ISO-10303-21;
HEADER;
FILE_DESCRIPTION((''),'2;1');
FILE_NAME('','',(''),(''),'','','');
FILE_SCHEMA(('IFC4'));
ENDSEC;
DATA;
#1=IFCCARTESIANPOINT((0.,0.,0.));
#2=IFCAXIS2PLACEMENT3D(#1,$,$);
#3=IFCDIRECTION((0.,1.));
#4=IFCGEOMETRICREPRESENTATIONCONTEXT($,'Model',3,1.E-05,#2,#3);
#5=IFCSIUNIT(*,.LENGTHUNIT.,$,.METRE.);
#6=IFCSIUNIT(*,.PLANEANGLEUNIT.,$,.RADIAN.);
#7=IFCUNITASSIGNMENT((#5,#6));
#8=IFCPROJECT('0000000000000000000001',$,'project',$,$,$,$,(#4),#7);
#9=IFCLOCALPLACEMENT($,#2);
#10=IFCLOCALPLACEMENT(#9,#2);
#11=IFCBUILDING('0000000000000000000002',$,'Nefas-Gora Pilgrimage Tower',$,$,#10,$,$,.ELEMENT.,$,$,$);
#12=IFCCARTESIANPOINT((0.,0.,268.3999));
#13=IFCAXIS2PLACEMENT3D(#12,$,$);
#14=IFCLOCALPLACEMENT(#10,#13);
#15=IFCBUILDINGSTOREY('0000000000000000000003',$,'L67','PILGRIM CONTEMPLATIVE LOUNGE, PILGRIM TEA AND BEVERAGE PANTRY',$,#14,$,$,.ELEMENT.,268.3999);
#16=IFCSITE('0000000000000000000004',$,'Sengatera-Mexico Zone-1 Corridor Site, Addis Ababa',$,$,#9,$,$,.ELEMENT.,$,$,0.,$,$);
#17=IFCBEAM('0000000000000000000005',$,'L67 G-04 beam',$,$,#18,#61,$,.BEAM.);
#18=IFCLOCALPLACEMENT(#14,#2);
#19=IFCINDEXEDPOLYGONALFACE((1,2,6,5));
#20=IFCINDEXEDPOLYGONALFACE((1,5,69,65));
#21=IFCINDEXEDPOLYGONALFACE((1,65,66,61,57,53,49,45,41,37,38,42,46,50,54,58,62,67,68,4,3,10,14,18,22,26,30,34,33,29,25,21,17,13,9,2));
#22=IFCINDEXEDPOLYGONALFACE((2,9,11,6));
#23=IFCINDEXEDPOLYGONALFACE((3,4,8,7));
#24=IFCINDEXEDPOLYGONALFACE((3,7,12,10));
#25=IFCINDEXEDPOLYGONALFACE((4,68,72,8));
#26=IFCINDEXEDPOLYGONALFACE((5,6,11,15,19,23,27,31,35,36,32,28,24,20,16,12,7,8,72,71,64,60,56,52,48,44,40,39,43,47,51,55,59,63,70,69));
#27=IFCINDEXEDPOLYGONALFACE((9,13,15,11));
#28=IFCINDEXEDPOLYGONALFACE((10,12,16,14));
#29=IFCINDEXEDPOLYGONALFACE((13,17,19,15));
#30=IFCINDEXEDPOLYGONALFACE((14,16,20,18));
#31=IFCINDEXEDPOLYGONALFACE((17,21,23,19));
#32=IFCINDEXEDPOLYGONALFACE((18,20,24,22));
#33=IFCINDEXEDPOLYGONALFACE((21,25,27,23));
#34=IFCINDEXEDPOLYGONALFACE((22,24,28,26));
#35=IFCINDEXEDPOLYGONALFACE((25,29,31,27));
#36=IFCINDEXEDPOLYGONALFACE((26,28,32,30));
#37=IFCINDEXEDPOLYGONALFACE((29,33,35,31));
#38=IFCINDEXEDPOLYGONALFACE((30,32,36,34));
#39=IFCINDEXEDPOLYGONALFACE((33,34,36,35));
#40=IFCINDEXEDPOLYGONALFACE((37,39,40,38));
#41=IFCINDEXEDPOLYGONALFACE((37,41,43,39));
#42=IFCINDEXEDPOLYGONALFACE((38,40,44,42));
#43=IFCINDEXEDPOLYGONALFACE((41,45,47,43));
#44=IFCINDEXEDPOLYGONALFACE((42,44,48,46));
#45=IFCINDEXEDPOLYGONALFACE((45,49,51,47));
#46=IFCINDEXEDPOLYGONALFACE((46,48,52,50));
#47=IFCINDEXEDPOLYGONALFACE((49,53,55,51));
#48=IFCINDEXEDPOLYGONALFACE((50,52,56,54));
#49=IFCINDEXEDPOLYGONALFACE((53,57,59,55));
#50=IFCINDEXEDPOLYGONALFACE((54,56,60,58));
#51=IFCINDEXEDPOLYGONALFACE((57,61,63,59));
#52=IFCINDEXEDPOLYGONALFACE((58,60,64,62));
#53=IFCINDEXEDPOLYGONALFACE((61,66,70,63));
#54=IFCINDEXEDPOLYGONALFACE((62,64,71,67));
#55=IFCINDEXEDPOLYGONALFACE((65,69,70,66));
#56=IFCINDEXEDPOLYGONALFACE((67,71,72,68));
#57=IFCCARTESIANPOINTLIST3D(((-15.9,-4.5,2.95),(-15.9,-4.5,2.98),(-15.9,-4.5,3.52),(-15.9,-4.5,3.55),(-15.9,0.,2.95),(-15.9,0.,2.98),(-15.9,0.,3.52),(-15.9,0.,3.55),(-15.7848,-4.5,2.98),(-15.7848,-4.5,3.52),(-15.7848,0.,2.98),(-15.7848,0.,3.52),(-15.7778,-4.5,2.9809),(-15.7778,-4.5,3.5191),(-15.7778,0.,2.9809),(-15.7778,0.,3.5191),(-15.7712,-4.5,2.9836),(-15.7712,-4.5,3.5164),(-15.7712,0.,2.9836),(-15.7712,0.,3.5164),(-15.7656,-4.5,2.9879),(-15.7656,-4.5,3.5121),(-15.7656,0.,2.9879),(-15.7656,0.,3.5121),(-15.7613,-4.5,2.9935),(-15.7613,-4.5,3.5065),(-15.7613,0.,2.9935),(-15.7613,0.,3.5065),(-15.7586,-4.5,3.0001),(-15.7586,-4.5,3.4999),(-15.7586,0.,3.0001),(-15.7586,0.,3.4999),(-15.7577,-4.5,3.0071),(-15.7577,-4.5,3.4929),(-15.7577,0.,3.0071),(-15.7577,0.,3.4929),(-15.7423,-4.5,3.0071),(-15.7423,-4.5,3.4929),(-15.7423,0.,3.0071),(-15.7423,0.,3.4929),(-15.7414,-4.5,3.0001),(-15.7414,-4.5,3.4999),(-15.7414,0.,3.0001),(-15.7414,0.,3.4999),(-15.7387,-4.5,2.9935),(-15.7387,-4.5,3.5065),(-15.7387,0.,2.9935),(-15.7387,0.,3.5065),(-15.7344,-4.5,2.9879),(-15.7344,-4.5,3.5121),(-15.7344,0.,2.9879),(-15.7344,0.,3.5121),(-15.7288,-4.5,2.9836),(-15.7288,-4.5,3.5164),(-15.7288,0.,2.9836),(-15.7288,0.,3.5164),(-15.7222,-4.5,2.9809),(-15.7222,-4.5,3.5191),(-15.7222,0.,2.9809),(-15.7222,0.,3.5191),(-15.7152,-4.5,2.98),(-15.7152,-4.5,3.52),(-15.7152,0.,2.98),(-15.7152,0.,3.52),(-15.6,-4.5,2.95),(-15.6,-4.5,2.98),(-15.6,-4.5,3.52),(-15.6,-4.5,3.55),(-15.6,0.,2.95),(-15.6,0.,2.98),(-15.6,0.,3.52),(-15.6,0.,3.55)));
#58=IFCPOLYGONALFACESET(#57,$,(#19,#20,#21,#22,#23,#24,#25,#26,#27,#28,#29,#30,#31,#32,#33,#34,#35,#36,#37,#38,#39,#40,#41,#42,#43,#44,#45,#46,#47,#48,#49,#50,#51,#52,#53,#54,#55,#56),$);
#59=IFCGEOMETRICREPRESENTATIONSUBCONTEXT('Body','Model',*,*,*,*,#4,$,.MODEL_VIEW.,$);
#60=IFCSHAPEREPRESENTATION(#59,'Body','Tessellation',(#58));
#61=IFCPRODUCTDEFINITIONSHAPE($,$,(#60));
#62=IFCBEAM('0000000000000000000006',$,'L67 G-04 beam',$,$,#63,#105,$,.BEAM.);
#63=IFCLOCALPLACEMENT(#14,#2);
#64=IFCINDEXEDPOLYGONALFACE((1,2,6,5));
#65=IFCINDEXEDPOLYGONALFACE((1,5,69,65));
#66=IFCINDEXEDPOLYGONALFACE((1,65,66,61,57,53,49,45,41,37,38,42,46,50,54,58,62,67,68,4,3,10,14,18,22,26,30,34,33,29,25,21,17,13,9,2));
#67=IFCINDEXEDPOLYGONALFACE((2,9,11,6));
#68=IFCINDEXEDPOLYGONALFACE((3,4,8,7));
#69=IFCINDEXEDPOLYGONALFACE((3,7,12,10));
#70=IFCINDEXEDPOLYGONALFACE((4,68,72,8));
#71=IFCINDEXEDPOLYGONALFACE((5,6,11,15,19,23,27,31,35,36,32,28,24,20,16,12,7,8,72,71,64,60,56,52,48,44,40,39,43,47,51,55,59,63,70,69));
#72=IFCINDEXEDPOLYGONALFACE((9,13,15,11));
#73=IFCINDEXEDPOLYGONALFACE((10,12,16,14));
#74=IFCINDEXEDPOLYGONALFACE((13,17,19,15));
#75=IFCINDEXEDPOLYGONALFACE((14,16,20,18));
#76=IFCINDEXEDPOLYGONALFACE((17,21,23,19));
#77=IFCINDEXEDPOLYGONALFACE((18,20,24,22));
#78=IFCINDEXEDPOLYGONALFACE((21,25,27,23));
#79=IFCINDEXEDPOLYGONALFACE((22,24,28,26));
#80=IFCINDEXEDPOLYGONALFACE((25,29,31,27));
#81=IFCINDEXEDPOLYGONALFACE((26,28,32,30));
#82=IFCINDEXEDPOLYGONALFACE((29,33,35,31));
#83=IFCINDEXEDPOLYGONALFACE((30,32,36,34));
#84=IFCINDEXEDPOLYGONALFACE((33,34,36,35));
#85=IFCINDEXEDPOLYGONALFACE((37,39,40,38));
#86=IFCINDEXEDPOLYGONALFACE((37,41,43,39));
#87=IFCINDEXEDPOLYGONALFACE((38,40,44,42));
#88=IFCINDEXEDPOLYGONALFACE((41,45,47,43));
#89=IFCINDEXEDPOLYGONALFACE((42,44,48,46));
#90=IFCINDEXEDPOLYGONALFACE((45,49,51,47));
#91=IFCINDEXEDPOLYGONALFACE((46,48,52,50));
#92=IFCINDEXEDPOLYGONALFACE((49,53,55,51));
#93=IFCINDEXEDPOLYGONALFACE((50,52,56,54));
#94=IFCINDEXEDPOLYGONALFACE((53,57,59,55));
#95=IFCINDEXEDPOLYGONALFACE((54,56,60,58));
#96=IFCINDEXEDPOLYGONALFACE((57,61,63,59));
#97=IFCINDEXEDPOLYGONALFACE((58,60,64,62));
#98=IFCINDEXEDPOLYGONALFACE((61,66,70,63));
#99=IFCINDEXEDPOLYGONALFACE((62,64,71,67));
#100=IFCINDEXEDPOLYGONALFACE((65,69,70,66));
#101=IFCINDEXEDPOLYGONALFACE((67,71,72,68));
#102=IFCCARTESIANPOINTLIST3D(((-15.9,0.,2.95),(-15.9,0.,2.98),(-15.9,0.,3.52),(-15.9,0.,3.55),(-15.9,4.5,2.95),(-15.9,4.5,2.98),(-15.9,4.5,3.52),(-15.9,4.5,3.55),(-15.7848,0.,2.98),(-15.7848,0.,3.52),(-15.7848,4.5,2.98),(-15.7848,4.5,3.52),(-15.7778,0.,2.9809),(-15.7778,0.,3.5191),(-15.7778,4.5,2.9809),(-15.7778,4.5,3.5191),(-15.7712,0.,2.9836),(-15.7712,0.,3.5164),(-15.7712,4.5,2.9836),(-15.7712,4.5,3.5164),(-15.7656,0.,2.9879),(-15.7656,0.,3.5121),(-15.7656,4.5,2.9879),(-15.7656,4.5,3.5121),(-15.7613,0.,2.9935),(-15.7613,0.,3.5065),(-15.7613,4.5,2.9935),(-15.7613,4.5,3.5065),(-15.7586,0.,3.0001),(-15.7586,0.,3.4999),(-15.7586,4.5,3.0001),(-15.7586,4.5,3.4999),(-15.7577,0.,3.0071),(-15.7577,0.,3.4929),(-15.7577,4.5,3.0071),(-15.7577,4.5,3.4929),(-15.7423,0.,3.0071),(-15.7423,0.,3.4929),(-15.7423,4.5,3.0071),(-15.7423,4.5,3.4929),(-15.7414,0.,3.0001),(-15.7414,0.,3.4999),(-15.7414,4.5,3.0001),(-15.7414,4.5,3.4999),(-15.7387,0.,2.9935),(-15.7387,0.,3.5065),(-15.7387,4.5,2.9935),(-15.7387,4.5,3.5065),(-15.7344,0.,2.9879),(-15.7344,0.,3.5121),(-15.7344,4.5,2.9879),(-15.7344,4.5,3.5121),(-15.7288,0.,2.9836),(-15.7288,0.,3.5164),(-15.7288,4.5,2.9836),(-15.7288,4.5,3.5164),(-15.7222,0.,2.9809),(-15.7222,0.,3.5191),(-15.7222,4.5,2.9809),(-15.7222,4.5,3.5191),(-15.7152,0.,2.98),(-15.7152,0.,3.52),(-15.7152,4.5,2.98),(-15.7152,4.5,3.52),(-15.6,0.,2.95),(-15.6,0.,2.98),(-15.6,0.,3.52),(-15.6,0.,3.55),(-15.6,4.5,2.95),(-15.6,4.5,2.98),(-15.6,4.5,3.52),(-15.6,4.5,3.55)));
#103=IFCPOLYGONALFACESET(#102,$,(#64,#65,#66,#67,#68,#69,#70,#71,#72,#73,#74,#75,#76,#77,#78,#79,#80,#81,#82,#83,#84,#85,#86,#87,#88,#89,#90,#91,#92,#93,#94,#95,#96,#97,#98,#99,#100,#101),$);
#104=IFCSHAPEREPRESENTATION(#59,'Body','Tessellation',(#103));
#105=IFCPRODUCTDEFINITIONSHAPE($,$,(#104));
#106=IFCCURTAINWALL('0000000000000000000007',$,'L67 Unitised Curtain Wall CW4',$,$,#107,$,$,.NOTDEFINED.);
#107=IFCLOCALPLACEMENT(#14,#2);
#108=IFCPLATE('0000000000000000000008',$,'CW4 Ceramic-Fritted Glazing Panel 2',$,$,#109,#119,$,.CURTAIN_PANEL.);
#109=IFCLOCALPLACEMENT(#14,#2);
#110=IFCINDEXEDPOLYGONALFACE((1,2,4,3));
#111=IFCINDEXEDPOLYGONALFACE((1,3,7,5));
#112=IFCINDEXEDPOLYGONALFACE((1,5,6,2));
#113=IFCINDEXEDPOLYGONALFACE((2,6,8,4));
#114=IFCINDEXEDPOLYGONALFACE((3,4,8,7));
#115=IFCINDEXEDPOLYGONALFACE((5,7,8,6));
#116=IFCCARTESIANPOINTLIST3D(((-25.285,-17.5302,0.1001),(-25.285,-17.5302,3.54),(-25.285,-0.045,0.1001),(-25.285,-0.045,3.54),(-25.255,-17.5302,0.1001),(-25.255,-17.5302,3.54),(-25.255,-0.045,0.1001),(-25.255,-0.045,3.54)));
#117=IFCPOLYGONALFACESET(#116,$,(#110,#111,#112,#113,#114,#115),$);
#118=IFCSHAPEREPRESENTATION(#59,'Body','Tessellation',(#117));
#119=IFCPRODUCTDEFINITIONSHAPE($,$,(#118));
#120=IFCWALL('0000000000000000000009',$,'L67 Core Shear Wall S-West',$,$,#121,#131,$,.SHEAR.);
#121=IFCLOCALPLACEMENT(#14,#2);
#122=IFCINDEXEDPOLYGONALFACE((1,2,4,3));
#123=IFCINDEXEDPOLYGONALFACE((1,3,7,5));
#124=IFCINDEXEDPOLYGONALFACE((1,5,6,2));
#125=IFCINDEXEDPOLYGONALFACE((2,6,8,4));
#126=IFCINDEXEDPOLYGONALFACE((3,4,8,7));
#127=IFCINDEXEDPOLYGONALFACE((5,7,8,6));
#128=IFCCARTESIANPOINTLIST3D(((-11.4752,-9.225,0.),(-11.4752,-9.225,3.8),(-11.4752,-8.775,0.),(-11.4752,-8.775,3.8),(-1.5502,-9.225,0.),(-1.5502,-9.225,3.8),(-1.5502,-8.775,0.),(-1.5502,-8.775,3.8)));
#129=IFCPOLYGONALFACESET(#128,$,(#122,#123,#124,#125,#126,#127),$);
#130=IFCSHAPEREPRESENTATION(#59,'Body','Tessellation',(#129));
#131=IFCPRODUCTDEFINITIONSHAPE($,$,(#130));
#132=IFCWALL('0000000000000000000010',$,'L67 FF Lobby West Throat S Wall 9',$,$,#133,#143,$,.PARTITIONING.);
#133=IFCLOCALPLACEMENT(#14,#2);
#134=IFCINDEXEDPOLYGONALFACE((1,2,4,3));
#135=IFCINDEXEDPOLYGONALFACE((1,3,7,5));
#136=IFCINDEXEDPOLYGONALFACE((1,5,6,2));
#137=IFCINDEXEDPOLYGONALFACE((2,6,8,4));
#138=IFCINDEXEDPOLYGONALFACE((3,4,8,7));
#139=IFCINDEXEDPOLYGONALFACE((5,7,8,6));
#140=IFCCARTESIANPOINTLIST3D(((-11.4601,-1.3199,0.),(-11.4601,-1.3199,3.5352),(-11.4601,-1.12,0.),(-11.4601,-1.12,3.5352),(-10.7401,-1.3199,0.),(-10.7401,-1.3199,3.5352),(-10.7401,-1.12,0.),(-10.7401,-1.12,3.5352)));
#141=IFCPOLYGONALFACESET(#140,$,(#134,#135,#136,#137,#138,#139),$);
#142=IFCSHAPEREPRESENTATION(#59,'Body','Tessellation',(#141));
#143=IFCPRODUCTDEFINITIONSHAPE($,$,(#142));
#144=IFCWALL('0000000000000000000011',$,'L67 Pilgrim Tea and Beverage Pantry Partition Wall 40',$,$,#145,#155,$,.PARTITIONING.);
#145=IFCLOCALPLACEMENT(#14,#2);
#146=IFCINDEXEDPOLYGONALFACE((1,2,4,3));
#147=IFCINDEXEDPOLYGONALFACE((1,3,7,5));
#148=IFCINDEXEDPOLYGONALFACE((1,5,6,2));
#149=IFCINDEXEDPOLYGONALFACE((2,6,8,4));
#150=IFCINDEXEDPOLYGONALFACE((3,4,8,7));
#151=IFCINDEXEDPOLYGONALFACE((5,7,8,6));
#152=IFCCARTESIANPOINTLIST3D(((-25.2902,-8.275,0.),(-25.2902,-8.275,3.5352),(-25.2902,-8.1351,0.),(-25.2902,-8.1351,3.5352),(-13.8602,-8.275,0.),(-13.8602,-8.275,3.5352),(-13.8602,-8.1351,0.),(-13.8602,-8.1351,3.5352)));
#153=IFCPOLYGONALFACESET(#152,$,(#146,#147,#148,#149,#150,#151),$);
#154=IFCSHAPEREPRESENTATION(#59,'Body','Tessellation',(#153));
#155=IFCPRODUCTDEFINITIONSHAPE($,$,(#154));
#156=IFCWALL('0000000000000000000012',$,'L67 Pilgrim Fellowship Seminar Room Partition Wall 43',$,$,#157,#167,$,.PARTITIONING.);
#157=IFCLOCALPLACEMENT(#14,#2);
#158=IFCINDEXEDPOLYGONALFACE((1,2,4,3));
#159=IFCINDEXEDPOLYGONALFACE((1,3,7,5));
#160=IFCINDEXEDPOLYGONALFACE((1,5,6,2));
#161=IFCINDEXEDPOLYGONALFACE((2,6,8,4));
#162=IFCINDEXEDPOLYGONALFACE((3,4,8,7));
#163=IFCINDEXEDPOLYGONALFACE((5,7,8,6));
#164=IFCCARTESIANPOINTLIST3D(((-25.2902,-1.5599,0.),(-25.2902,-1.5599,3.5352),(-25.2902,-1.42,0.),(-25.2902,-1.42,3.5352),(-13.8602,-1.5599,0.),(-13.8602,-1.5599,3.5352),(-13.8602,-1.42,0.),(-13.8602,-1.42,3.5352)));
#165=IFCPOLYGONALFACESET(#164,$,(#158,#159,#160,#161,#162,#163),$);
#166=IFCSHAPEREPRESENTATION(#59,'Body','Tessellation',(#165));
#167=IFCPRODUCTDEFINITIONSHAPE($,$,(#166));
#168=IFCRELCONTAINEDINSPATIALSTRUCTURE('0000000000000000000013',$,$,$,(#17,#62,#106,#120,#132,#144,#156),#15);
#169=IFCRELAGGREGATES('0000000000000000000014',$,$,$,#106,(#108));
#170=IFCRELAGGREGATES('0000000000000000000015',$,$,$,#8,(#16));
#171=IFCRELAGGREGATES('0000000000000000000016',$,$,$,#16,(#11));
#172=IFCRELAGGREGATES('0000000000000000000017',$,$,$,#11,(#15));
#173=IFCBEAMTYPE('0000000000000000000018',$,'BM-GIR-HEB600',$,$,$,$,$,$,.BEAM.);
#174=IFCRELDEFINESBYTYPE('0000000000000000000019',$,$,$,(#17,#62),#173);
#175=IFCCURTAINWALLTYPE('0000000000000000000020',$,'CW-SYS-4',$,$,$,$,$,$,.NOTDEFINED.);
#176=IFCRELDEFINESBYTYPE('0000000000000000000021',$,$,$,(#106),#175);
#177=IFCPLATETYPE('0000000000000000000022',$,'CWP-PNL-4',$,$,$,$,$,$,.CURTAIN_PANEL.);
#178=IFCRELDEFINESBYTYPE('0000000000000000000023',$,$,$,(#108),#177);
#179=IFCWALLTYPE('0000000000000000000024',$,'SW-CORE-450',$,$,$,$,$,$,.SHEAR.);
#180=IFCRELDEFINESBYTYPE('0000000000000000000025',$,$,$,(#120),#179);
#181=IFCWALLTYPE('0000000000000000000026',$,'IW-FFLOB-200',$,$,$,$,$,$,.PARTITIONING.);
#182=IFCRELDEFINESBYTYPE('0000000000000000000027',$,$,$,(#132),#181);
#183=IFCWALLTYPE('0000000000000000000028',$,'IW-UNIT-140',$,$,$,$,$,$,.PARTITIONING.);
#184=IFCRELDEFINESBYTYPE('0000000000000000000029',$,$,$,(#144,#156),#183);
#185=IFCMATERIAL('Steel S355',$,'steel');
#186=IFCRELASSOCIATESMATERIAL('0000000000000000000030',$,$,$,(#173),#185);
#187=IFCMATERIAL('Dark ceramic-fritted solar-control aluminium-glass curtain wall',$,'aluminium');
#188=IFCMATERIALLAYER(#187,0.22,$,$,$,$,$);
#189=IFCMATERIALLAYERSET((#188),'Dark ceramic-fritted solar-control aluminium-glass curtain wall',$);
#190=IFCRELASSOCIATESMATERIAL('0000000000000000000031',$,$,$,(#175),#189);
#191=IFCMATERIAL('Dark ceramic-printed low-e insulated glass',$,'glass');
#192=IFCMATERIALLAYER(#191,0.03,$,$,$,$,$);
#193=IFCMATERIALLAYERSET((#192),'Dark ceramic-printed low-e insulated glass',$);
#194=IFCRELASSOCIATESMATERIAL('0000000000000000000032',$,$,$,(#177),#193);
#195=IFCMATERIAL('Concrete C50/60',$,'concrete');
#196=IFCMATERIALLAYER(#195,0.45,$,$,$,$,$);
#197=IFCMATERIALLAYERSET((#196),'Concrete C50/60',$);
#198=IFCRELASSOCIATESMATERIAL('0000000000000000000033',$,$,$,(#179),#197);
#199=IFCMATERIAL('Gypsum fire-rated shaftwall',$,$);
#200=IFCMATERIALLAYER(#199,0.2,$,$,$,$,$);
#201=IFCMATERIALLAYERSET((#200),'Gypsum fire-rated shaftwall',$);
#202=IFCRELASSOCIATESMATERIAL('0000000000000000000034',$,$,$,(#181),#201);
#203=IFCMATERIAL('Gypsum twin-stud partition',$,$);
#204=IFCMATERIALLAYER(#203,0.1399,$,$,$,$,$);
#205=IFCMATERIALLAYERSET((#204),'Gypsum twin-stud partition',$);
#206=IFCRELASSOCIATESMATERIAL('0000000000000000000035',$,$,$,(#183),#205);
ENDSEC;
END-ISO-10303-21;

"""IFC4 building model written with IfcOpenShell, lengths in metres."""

from ifc_helpers import new_model, si_unit, direction, frame, frame_2d, origin, origin_2d, place, context, subcontext, project, spatial, rectangle, i_section, extrude, source, transform, mapped, material, layer, layer_set, material_profile, profile_set, type_object, element, aggregate, save


model = new_model("IFC4")

# Units and contexts
model_context = context("Model", 3, precision=1e-05, world=origin(), true_north=direction((0.0, 1.0)))
body_context = subcontext(model_context, "Body", "Model", "MODEL_VIEW")
ifc_project = project(units=[si_unit("LENGTHUNIT", "METRE"), si_unit("PLANEANGLEUNIT", "RADIAN")], contexts=[model_context])

# Site, building, storey
site_placement = place(None, origin())
site = spatial("IfcSite", under=ifc_project, at=site_placement, Name="Sengatera-Mexico Zone-1 Corridor Site, Addis Ababa", CompositionType="ELEMENT", RefElevation=0.0)
building_placement = place(site_placement, origin())
building = spatial("IfcBuilding", under=site, at=building_placement, Name="Nefas-Gora Pilgrimage Tower", CompositionType="ELEMENT")
storey_placement = place(building_placement, frame((0.0, 0.0, 268.3999)))
storey = spatial("IfcBuildingStorey", under=building, at=storey_placement, Name="L67", Description="PILGRIM CONTEMPLATIVE LOUNGE, PILGRIM TEA AND BEVERAGE PANTRY", CompositionType="ELEMENT", Elevation=268.3999)

# Shared definitions
ifc_material_1 = material(Name="Steel S355", Category="steel")

# Beams
ifc_material_profile_1 = material_profile(ifc_material_1, i_section(OverallWidth=0.3, OverallDepth=0.6001, WebThickness=0.0154, FlangeThickness=0.03, FilletRadius=0.0271, at=origin_2d()), Name="HEB 600")
ifc_profile_set_1 = profile_set([ifc_material_profile_1], Name="Steel S355")
beam_type_1 = type_object("IfcBeamType", Name="BM-GIR-HEB600", PredefinedType="BEAM", material=ifc_profile_set_1)
shared_shape_1 = source(origin(), body_context, "Body", "SweptSolid", [
    extrude(i_section(OverallWidth=0.3, OverallDepth=0.6001, WebThickness=0.0154, FlangeThickness=0.03, FilletRadius=0.0271, at=origin_2d()), origin(), (0.0, 0.0, 1.0), 4.5),
])
for number, where, z_axis, x_axis, name in (
    (1, (-15.75, -4.5, 3.25), (0.0, 1.0, 0.0), (-1.0, 0.0, 0.0), "L67 G-04 beam"),
    (2, (-15.75, 0.0, 3.25), (0.0, 1.0, 0.0), (-1.0, 0.0, 0.0), "L67 G-04 beam"),
):
    element("IfcBeam", number, at=place(storey_placement, frame(where, z_axis=z_axis, x_axis=x_axis)), inside=storey, type_object=beam_type_1, Name=name, PredefinedType="BEAM", context=body_context, shape_type="MappedRepresentation", body=[
        mapped(shared_shape_1, transform((0.0, 0.0, 0.0), x_axis=(1.0, 0.0, 0.0), y_axis=(0.0, 1.0, 0.0), z_axis=(0.0, 0.0, 1.0), scale=1.0)),
    ])

# Curtain wall, plate
ifc_material_2 = material(Name="Dark ceramic-fritted solar-control aluminium-glass curtain wall", Category="aluminium")
ifc_layer_1 = layer(ifc_material_2, 0.22)
ifc_layer_set_1 = layer_set([ifc_layer_1], Name="Dark ceramic-fritted solar-control aluminium-glass curtain wall")
curtain_wall_type = type_object("IfcCurtainWallType", Name="CW-SYS-4", PredefinedType="NOTDEFINED", material=ifc_layer_set_1)
curtain_wall_placement = place(storey_placement, origin())
curtain_wall = element("IfcCurtainWall", 3, at=curtain_wall_placement, inside=storey, type_object=curtain_wall_type, Name="L67 Unitised Curtain Wall CW4", PredefinedType="NOTDEFINED")
ifc_material_3 = material(Name="Dark ceramic-printed low-e insulated glass", Category="glass")
ifc_layer_2 = layer(ifc_material_3, 0.03)
ifc_layer_set_2 = layer_set([ifc_layer_2], Name="Dark ceramic-printed low-e insulated glass")
plate_type = type_object("IfcPlateType", Name="CWP-PNL-4", PredefinedType="CURTAIN_PANEL", material=ifc_layer_set_2)
shared_shape_2 = source(origin(), body_context, "Body", "SweptSolid", [
    extrude(rectangle(XDim=17.4851, YDim=0.03, at=origin_2d()), origin(), (0.0, 0.0, 1.0), 3.4399),
])
plate_placement = place(storey_placement, frame((-25.27, -8.7876, 0.1001), z_axis=(0.0, 0.0, 1.0), x_axis=(0.0, -1.0, 0.0)))
plate = element("IfcPlate", 4, at=plate_placement, type_object=plate_type, Name="CW4 Ceramic-Fritted Glazing Panel 2", PredefinedType="CURTAIN_PANEL", context=body_context, shape_type="MappedRepresentation", body=[
    mapped(shared_shape_2, transform((0.0, 0.0, 0.0), x_axis=(1.0, 0.0, 0.0), y_axis=(0.0, 1.0, 0.0), z_axis=(0.0, 0.0, 1.0), scale=1.0)),
])
aggregate(curtain_wall, [plate])

# Walls
ifc_material_4 = material(Name="Concrete C50/60", Category="concrete")
ifc_layer_3 = layer(ifc_material_4, 0.45)
ifc_layer_set_3 = layer_set([ifc_layer_3], Name="Concrete C50/60")
wall_type_1 = type_object("IfcWallType", Name="SW-CORE-450", PredefinedType="SHEAR", material=ifc_layer_set_3)
shared_shape_3 = source(origin(), body_context, "Body", "SweptSolid", [
    extrude(rectangle(XDim=9.925, YDim=0.45, at=frame_2d((4.9624, 0.0))), origin(), (0.0, 0.0, 1.0), 3.8),
])
wall_1_placement = place(storey_placement, frame((-11.4751, -9.0, 0.0), z_axis=(0.0, 0.0, 1.0), x_axis=(1.0, 0.0, 0.0)))
element("IfcWall", 5, at=wall_1_placement, inside=storey, type_object=wall_type_1, Name="L67 Core Shear Wall S-West", PredefinedType="SHEAR", context=body_context, shape_type="MappedRepresentation", body=[
    mapped(shared_shape_3, transform((0.0, 0.0, 0.0), x_axis=(1.0, 0.0, 0.0), y_axis=(0.0, 1.0, 0.0), z_axis=(0.0, 0.0, 1.0), scale=1.0)),
])
ifc_material_5 = material(Name="Gypsum fire-rated shaftwall")
ifc_layer_4 = layer(ifc_material_5, 0.2)
ifc_layer_set_4 = layer_set([ifc_layer_4], Name="Gypsum fire-rated shaftwall")
wall_type_2 = type_object("IfcWallType", Name="IW-FFLOB-200", PredefinedType="PARTITIONING", material=ifc_layer_set_4)
shared_shape_4 = source(origin(), body_context, "Body", "SweptSolid", [
    extrude(rectangle(XDim=0.72, YDim=0.2, at=frame_2d((0.3599, 0.0))), origin(), (0.0, 0.0, 1.0), 3.5352),
])
wall_2_placement = place(storey_placement, frame((-11.46, -1.22, 0.0), z_axis=(0.0, 0.0, 1.0), x_axis=(1.0, 0.0, 0.0)))
element("IfcWall", 6, at=wall_2_placement, inside=storey, type_object=wall_type_2, Name="L67 FF Lobby West Throat S Wall 9", PredefinedType="PARTITIONING", context=body_context, shape_type="MappedRepresentation", body=[
    mapped(shared_shape_4, transform((0.0, 0.0, 0.0), x_axis=(1.0, 0.0, 0.0), y_axis=(0.0, 1.0, 0.0), z_axis=(0.0, 0.0, 1.0), scale=1.0)),
])
ifc_material_6 = material(Name="Gypsum twin-stud partition")
ifc_layer_5 = layer(ifc_material_6, 0.1399)
ifc_layer_set_5 = layer_set([ifc_layer_5], Name="Gypsum twin-stud partition")
wall_type_3 = type_object("IfcWallType", Name="IW-UNIT-140", PredefinedType="PARTITIONING", material=ifc_layer_set_5)
shared_shape_5 = source(origin(), body_context, "Body", "SweptSolid", [
    extrude(rectangle(XDim=11.4299, YDim=0.1399, at=frame_2d((5.7148, 0.0))), origin(), (0.0, 0.0, 1.0), 3.5352),
])
for number, where, z_axis, x_axis, name in (
    (7, (-25.29, -8.2051, 0.0), (0.0, 0.0, 1.0), (1.0, 0.0, 0.0), "L67 Pilgrim Tea and Beverage Pantry Partition Wall 40"),
    (8, (-25.29, -1.49, 0.0), (0.0, 0.0, 1.0), (1.0, 0.0, 0.0), "L67 Pilgrim Fellowship Seminar Room Partition Wall 43"),
):
    element("IfcWall", number, at=place(storey_placement, frame(where, z_axis=z_axis, x_axis=x_axis)), inside=storey, type_object=wall_type_3, Name=name, PredefinedType="PARTITIONING", context=body_context, shape_type="MappedRepresentation", body=[
        mapped(shared_shape_5, transform((0.0, 0.0, 0.0), x_axis=(1.0, 0.0, 0.0), y_axis=(0.0, 1.0, 0.0), z_axis=(0.0, 0.0, 1.0), scale=1.0)),
    ])

save(model, "model.ifc")
